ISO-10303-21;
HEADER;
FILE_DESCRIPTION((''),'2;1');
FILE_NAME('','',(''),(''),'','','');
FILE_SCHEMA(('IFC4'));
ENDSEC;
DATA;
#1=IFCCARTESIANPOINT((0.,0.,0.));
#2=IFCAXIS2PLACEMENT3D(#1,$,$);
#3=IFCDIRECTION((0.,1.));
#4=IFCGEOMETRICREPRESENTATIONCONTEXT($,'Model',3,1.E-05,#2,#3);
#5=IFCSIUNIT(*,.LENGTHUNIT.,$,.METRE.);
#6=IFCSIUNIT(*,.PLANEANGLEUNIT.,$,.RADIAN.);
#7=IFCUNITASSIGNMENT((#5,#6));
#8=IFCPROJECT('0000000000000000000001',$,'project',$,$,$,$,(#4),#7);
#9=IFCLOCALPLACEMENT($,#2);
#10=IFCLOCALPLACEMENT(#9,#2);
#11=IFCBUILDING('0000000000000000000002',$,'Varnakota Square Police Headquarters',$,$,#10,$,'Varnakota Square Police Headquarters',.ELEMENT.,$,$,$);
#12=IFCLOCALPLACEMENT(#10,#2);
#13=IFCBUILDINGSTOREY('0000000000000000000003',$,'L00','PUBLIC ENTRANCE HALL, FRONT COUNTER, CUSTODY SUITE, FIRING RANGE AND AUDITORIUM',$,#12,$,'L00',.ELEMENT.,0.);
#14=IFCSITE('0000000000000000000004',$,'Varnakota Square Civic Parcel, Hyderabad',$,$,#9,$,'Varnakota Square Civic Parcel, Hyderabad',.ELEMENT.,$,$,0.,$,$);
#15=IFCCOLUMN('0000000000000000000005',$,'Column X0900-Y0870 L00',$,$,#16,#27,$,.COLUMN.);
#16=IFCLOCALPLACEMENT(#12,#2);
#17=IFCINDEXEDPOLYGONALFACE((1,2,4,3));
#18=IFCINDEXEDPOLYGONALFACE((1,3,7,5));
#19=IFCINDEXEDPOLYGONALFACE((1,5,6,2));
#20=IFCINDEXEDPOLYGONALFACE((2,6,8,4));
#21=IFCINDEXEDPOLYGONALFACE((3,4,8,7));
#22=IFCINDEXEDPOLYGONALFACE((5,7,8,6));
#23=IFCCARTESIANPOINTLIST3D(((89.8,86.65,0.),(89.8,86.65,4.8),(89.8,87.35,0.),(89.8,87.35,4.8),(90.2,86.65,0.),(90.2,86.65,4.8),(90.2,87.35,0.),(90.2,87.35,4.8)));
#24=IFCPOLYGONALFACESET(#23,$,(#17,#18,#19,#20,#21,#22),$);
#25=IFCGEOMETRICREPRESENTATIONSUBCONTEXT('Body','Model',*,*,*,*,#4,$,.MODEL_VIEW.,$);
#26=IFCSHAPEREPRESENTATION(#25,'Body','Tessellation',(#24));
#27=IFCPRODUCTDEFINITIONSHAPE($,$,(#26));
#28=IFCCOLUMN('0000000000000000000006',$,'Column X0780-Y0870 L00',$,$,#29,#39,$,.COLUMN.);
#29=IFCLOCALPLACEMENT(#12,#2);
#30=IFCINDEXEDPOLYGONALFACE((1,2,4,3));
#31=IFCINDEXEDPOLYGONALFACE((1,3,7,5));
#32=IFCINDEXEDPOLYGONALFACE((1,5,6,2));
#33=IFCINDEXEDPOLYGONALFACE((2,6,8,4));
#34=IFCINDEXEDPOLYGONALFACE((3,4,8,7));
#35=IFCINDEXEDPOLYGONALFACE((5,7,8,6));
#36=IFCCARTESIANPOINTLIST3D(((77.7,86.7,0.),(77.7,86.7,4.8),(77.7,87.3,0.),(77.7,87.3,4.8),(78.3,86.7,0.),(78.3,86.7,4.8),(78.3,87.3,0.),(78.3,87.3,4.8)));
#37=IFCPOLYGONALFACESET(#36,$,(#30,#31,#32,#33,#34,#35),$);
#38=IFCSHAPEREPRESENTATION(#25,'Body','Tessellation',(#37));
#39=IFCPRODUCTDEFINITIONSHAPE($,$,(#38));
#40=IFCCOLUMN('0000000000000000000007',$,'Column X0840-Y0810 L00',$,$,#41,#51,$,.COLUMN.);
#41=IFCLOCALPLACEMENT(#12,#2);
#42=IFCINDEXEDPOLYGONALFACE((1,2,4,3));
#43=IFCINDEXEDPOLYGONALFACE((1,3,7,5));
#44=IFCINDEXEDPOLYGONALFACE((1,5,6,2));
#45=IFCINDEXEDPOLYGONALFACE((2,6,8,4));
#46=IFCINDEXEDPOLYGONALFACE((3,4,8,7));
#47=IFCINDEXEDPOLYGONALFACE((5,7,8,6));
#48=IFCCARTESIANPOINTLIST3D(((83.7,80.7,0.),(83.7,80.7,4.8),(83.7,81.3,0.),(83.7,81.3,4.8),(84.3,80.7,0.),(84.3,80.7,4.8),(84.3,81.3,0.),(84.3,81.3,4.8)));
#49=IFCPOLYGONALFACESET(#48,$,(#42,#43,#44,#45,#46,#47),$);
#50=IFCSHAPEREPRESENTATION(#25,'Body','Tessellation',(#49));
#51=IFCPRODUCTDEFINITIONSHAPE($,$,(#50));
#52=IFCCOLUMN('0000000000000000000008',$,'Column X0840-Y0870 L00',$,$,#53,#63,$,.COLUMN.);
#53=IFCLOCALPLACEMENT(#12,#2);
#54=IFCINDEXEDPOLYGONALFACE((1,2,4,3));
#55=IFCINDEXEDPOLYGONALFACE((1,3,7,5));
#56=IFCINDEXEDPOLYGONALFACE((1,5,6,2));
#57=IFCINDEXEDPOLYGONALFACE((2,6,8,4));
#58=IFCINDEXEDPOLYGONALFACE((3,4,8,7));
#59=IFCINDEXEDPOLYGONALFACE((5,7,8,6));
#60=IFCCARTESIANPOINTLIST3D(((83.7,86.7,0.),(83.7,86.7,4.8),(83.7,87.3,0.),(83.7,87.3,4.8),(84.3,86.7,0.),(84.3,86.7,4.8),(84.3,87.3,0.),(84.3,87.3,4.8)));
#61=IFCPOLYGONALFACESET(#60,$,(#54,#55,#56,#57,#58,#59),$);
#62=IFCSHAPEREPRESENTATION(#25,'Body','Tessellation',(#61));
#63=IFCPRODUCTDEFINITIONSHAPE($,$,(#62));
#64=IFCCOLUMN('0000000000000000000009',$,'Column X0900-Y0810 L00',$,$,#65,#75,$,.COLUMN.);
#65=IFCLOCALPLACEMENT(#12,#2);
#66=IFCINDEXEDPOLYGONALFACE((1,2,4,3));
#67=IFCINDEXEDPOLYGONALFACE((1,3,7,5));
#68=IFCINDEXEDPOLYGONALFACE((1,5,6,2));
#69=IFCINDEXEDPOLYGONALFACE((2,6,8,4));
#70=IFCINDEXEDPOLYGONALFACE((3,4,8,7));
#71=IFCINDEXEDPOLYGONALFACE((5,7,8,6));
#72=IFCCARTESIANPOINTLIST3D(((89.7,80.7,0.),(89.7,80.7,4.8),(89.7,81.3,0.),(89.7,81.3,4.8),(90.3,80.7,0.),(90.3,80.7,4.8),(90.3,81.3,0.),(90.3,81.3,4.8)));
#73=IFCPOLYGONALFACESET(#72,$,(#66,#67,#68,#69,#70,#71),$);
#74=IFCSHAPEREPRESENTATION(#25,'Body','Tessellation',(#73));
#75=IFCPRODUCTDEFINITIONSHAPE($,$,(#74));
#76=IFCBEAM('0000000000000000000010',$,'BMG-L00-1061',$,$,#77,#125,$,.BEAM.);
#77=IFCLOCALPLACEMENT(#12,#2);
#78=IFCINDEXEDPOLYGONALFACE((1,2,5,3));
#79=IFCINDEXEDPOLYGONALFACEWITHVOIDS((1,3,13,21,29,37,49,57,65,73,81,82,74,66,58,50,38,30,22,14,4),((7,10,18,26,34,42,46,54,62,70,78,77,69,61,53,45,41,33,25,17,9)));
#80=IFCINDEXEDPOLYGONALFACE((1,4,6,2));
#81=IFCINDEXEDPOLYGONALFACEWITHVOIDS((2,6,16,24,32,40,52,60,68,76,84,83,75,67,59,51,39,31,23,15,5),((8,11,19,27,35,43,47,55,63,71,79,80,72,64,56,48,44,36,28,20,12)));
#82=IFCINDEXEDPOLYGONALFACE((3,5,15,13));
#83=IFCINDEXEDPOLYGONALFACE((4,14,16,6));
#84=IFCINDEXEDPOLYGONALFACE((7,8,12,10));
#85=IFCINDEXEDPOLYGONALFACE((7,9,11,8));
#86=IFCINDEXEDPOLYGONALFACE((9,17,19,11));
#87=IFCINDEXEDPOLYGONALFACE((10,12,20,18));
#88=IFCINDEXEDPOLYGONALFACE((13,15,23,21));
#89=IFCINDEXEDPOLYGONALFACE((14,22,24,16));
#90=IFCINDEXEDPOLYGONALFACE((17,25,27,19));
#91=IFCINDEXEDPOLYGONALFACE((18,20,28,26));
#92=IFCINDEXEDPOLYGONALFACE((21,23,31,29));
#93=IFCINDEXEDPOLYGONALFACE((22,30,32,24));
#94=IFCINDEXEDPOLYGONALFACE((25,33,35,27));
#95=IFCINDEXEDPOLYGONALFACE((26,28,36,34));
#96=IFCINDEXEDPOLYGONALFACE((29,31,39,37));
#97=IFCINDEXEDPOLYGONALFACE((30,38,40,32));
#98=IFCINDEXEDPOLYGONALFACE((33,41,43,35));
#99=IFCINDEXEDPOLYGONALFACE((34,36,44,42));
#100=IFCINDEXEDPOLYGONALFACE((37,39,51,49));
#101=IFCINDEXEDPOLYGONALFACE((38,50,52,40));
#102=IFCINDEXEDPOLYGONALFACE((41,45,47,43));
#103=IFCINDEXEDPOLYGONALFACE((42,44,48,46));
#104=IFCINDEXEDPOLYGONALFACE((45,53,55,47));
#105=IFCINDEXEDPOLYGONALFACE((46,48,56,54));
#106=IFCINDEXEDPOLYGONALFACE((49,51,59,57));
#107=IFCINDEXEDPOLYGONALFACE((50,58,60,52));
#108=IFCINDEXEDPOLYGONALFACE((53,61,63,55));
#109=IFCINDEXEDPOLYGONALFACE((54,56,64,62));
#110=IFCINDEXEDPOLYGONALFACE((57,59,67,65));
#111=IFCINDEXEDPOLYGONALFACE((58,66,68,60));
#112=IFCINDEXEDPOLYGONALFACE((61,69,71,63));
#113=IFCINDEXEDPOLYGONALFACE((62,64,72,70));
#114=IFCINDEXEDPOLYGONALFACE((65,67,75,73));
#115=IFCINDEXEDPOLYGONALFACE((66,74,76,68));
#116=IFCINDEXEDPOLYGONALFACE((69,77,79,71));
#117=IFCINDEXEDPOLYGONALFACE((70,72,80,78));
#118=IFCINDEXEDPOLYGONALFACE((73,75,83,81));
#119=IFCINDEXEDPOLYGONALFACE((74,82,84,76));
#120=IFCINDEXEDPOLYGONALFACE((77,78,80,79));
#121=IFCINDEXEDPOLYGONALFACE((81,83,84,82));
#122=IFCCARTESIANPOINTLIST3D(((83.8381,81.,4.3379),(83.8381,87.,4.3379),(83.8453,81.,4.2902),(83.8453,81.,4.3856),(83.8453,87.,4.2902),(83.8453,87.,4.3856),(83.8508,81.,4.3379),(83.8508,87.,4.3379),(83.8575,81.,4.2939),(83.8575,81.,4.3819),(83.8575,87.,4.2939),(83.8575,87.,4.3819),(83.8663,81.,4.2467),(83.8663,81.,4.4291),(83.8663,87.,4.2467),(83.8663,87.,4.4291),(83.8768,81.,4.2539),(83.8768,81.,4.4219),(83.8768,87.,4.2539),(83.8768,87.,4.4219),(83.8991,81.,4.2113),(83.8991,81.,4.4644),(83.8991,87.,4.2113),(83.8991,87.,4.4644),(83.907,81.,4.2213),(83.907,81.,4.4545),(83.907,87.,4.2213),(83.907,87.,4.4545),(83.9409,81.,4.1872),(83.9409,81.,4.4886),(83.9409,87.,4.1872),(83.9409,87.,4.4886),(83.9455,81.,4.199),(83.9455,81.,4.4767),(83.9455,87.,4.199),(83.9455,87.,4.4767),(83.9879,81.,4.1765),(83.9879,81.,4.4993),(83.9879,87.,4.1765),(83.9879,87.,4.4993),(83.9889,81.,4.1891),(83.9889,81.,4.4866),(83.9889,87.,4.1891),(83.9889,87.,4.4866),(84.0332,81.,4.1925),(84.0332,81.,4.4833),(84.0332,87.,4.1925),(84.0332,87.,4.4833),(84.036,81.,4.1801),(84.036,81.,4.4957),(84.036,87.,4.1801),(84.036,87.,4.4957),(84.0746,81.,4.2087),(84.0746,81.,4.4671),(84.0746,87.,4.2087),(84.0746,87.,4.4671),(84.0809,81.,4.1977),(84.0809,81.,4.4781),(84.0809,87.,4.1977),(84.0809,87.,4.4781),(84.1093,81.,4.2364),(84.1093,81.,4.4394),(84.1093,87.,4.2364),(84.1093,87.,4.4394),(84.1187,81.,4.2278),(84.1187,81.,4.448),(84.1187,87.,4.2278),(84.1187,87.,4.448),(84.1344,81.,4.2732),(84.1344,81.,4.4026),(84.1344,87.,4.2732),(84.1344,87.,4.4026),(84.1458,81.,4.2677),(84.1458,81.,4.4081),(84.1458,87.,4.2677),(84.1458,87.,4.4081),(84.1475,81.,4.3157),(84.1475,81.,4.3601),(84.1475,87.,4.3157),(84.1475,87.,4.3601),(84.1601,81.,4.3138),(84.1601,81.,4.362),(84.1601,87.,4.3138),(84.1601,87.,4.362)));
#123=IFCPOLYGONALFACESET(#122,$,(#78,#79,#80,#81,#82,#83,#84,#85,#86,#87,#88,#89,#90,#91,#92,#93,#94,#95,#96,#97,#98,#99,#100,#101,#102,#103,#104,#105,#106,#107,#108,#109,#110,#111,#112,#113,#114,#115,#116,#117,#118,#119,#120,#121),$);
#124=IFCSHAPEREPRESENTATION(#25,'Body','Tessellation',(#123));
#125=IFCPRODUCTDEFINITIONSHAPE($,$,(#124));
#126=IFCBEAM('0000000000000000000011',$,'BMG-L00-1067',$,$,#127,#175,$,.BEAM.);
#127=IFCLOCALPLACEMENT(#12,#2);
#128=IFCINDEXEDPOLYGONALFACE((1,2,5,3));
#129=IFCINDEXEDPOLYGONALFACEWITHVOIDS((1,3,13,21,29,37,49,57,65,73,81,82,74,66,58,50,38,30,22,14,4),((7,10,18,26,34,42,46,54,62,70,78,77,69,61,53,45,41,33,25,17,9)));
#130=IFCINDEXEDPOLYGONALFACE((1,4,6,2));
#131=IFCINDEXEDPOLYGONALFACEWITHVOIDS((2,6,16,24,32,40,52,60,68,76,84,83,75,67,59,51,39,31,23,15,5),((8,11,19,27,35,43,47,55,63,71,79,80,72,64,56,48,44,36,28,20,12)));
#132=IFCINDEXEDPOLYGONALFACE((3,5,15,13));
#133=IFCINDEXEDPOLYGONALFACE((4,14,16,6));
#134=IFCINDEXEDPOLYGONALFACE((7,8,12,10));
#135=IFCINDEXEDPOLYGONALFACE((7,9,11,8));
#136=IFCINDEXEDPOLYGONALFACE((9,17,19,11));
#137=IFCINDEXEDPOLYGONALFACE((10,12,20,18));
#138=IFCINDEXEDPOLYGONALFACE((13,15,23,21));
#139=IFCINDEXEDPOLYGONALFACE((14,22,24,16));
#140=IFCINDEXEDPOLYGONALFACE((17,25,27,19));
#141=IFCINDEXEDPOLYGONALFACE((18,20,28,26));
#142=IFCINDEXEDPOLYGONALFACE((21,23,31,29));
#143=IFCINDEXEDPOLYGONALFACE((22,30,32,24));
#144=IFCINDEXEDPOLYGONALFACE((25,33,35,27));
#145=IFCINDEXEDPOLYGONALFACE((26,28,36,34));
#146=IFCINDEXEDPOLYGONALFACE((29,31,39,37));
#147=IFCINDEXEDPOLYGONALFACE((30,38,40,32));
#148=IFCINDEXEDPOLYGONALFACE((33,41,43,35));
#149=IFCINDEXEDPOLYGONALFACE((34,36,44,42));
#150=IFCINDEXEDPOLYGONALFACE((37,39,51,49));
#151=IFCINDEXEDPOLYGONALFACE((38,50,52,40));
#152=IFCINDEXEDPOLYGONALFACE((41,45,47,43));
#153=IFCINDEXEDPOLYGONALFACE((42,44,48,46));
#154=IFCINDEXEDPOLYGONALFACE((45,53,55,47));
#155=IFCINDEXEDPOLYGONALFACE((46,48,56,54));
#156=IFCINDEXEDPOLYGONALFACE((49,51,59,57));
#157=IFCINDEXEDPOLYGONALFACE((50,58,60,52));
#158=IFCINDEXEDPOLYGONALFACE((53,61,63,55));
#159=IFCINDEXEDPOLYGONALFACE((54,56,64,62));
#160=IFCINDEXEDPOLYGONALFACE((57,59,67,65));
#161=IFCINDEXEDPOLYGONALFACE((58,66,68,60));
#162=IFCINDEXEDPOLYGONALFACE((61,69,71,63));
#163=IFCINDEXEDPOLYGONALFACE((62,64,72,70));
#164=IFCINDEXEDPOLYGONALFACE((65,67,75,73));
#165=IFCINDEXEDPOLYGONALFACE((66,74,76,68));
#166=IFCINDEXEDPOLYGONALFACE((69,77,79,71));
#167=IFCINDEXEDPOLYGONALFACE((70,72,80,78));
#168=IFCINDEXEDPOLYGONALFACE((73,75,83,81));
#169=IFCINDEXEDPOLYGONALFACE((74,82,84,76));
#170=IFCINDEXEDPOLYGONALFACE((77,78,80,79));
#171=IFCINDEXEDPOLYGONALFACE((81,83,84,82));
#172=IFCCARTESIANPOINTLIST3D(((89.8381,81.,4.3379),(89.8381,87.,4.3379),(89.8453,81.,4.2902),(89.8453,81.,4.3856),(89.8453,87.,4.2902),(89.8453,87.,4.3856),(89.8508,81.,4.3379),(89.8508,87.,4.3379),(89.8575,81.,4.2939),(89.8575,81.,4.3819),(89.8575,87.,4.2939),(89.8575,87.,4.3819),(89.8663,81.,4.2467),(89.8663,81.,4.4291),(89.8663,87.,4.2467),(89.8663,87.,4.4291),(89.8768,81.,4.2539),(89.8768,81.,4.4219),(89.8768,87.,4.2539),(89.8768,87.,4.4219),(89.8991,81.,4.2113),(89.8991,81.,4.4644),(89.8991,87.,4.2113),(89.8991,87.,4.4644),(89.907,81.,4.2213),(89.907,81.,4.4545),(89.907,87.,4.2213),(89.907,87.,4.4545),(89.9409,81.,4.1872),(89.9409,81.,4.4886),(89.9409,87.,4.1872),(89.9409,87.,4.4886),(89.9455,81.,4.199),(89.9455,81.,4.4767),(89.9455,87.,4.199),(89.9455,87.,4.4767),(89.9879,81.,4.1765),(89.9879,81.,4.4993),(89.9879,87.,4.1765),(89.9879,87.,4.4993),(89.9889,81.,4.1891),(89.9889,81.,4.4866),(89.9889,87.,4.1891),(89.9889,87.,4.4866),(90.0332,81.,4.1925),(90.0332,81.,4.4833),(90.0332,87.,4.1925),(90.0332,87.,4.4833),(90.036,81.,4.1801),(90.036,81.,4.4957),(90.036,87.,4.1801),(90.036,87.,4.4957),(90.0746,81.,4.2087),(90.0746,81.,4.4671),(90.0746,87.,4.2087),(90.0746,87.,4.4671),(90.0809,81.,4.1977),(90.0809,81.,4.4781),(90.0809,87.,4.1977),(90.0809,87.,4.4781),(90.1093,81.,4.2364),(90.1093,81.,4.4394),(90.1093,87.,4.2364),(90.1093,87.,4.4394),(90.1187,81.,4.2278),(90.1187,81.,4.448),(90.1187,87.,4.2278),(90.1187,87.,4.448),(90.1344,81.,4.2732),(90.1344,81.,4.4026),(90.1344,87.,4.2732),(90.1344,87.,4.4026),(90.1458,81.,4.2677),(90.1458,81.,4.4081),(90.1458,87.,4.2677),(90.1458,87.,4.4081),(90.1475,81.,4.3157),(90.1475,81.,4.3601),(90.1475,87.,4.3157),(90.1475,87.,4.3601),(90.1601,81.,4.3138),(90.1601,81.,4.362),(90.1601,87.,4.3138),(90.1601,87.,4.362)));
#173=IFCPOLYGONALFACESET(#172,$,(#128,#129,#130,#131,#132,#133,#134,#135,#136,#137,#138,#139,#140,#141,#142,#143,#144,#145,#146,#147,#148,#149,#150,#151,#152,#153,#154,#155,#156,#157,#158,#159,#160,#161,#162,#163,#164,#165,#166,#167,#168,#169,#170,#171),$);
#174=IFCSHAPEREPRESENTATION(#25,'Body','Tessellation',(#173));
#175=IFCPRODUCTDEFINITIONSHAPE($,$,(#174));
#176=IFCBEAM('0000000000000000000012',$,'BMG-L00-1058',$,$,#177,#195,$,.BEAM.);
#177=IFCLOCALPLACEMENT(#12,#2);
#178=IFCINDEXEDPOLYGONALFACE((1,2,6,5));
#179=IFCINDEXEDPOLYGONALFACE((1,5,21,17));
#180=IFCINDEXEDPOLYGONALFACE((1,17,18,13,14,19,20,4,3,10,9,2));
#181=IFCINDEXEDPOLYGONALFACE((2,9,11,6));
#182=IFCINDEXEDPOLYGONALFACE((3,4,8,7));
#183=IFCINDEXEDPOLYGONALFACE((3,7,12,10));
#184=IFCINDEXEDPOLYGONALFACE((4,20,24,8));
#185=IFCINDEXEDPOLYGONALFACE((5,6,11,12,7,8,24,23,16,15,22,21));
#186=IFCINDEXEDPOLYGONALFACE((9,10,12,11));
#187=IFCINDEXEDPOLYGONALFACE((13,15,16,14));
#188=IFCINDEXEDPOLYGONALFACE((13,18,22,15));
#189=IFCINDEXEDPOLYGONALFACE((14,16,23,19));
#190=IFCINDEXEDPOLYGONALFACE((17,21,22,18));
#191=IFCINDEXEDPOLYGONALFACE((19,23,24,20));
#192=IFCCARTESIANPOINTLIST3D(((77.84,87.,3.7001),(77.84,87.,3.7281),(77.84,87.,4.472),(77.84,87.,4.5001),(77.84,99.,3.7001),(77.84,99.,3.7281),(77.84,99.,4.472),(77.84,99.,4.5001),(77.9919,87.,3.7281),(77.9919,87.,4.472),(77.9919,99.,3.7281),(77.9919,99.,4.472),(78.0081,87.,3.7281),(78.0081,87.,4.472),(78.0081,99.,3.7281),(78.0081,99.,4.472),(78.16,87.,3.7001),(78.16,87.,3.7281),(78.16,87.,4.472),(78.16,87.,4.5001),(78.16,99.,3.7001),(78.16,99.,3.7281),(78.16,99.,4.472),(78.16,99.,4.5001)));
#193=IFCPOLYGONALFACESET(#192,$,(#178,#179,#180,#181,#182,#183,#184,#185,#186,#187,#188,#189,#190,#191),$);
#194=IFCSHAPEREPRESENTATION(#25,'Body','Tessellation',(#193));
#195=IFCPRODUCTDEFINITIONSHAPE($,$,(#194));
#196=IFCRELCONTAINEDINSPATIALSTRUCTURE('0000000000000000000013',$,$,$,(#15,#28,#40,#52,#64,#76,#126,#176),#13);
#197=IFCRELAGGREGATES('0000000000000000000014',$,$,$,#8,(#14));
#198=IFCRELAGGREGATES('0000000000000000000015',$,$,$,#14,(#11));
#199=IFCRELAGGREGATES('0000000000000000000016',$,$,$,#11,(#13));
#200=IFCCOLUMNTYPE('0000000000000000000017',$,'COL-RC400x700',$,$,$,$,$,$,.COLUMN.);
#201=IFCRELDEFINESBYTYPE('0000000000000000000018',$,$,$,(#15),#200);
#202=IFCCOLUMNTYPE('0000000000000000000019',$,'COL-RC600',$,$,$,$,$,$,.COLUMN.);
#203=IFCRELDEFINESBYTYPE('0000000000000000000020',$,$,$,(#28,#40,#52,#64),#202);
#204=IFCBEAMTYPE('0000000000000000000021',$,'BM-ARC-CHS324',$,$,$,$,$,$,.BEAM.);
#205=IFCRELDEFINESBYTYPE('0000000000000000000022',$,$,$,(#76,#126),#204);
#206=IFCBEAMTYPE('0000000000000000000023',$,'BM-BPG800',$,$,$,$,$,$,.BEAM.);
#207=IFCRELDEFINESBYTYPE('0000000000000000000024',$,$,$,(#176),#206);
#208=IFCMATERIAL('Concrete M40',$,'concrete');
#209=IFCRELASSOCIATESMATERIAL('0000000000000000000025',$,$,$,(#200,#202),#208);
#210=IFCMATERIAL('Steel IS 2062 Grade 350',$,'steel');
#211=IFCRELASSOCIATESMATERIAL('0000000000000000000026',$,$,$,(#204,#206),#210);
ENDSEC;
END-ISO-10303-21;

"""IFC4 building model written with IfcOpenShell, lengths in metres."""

from ifc_helpers import new_model, si_unit, direction, frame, origin, origin_2d, place, context, subcontext, project, spatial, rectangle, hollow_circle, i_section, extrude, material, material_profile, profile_set, type_object, element, save


model = new_model("IFC4")

# Units and contexts
model_context = context("Model", 3, precision=1e-05, world=origin(), true_north=direction((0.0, 1.0)))
body_context = subcontext(model_context, "Body", "Model", "MODEL_VIEW")
ifc_project = project(units=[si_unit("LENGTHUNIT", "METRE"), si_unit("PLANEANGLEUNIT", "RADIAN")], contexts=[model_context])

# Site, building, storey
site_placement = place(None, origin())
site = spatial("IfcSite", under=ifc_project, at=site_placement, Name="Varnakota Square Civic Parcel, Hyderabad", LongName="Varnakota Square Civic Parcel, Hyderabad", CompositionType="ELEMENT", RefElevation=0.0)
building_placement = place(site_placement, origin())
building = spatial("IfcBuilding", under=site, at=building_placement, Name="Varnakota Square Police Headquarters", LongName="Varnakota Square Police Headquarters", CompositionType="ELEMENT")
storey_placement = place(building_placement, origin())
storey = spatial("IfcBuildingStorey", under=building, at=storey_placement, Name="L00", Description="PUBLIC ENTRANCE HALL, FRONT COUNTER, CUSTODY SUITE, FIRING RANGE AND AUDITORIUM", LongName="L00", CompositionType="ELEMENT", Elevation=0.0)

# Columns
ifc_material_1 = material(Name="Concrete M40", Category="concrete")
ifc_material_profile_1 = material_profile(ifc_material_1, rectangle(XDim=0.3999, YDim=0.7, at=origin_2d()), Name="RC 400x700")
ifc_profile_set_1 = profile_set([ifc_material_profile_1], Name="Concrete M40")
column_type_1 = type_object("IfcColumnType", Name="COL-RC400x700", PredefinedType="COLUMN", material=ifc_profile_set_1)
column_placement = place(storey_placement, frame((90.0, 87.0, 0.0), z_axis=(0.0, 0.0, 1.0), x_axis=(1.0, 0.0, 0.0)))
element("IfcColumn", 1, at=column_placement, inside=storey, type_object=column_type_1, Name="Column X0900-Y0870 L00", PredefinedType="COLUMN", context=body_context, shape_type="SweptSolid", body=[
    extrude(rectangle(XDim=0.3999, YDim=0.7, at=origin_2d()), origin(), (0.0, 0.0, 1.0), 4.8),
])
ifc_material_profile_2 = material_profile(ifc_material_1, rectangle(XDim=0.6001, YDim=0.6001, at=origin_2d()), Name="RC 600x600")
ifc_profile_set_2 = profile_set([ifc_material_profile_2], Name="Concrete M40")
column_type_2 = type_object("IfcColumnType", Name="COL-RC600", PredefinedType="COLUMN", material=ifc_profile_set_2)
for number, where, z_axis, x_axis, name in (
    (2, (78.0, 87.0, 0.0), (0.0, 0.0, 1.0), (1.0, 0.0, 0.0), "Column X0780-Y0870 L00"),
    (3, (84.0, 81.0, 0.0), (0.0, 0.0, 1.0), (1.0, 0.0, 0.0), "Column X0840-Y0810 L00"),
    (4, (84.0, 87.0, 0.0), (0.0, 0.0, 1.0), (1.0, 0.0, 0.0), "Column X0840-Y0870 L00"),
    (5, (90.0, 81.0, 0.0), (0.0, 0.0, 1.0), (1.0, 0.0, 0.0), "Column X0900-Y0810 L00"),
):
    element("IfcColumn", number, at=place(storey_placement, frame(where, z_axis=z_axis, x_axis=x_axis)), inside=storey, type_object=column_type_2, Name=name, PredefinedType="COLUMN", context=body_context, shape_type="SweptSolid", body=[
        extrude(rectangle(XDim=0.6001, YDim=0.6001, at=origin_2d()), origin(), (0.0, 0.0, 1.0), 4.8),
    ])

# Beams
ifc_material_2 = material(Name="Steel IS 2062 Grade 350", Category="steel")
ifc_material_profile_3 = material_profile(ifc_material_2, hollow_circle(Radius=0.1619, WallThickness=0.0127, at=origin_2d()), Name="CHS 323.9x12.7")
ifc_profile_set_3 = profile_set([ifc_material_profile_3], Name="Steel IS 2062 Grade 350")
beam_type_1 = type_object("IfcBeamType", Name="BM-ARC-CHS324", PredefinedType="BEAM", material=ifc_profile_set_3)
for number, where, z_axis, x_axis, name in (
    (6, (84.0, 81.0, 4.3379), (0.0, 1.0, 0.0), (-1.0, 0.0, 0.0), "BMG-L00-1061"),
    (7, (90.0, 81.0, 4.3379), (0.0, 1.0, 0.0), (-1.0, 0.0, 0.0), "BMG-L00-1067"),
):
    element("IfcBeam", number, at=place(storey_placement, frame(where, z_axis=z_axis, x_axis=x_axis)), inside=storey, type_object=beam_type_1, Name=name, PredefinedType="BEAM", context=body_context, shape_type="SweptSolid", body=[
        extrude(hollow_circle(Radius=0.1619, WallThickness=0.0127, at=origin_2d()), origin(), (0.0, 0.0, 1.0), 6.0),
    ])
ifc_material_profile_4 = material_profile(ifc_material_2, i_section(OverallWidth=0.3201, OverallDepth=0.8, WebThickness=0.0161, FlangeThickness=0.0281, at=origin_2d()), Name="BPG 800x320")
ifc_profile_set_4 = profile_set([ifc_material_profile_4], Name="Steel IS 2062 Grade 350")
beam_type_2 = type_object("IfcBeamType", Name="BM-BPG800", PredefinedType="BEAM", material=ifc_profile_set_4)
for number, where, z_axis, x_axis, name in (
    (8, (78.0, 87.0, 4.1001), (0.0, 1.0, 0.0), (-1.0, 0.0, 0.0), "BMG-L00-1058"),
):
    element("IfcBeam", number, at=place(storey_placement, frame(where, z_axis=z_axis, x_axis=x_axis)), inside=storey, type_object=beam_type_2, Name=name, PredefinedType="BEAM", context=body_context, shape_type="SweptSolid", body=[
        extrude(i_section(OverallWidth=0.3201, OverallDepth=0.8, WebThickness=0.0161, FlangeThickness=0.0281, at=origin_2d()), origin(), (0.0, 0.0, 1.0), 12.0),
    ])

save(model, "model.ifc")
